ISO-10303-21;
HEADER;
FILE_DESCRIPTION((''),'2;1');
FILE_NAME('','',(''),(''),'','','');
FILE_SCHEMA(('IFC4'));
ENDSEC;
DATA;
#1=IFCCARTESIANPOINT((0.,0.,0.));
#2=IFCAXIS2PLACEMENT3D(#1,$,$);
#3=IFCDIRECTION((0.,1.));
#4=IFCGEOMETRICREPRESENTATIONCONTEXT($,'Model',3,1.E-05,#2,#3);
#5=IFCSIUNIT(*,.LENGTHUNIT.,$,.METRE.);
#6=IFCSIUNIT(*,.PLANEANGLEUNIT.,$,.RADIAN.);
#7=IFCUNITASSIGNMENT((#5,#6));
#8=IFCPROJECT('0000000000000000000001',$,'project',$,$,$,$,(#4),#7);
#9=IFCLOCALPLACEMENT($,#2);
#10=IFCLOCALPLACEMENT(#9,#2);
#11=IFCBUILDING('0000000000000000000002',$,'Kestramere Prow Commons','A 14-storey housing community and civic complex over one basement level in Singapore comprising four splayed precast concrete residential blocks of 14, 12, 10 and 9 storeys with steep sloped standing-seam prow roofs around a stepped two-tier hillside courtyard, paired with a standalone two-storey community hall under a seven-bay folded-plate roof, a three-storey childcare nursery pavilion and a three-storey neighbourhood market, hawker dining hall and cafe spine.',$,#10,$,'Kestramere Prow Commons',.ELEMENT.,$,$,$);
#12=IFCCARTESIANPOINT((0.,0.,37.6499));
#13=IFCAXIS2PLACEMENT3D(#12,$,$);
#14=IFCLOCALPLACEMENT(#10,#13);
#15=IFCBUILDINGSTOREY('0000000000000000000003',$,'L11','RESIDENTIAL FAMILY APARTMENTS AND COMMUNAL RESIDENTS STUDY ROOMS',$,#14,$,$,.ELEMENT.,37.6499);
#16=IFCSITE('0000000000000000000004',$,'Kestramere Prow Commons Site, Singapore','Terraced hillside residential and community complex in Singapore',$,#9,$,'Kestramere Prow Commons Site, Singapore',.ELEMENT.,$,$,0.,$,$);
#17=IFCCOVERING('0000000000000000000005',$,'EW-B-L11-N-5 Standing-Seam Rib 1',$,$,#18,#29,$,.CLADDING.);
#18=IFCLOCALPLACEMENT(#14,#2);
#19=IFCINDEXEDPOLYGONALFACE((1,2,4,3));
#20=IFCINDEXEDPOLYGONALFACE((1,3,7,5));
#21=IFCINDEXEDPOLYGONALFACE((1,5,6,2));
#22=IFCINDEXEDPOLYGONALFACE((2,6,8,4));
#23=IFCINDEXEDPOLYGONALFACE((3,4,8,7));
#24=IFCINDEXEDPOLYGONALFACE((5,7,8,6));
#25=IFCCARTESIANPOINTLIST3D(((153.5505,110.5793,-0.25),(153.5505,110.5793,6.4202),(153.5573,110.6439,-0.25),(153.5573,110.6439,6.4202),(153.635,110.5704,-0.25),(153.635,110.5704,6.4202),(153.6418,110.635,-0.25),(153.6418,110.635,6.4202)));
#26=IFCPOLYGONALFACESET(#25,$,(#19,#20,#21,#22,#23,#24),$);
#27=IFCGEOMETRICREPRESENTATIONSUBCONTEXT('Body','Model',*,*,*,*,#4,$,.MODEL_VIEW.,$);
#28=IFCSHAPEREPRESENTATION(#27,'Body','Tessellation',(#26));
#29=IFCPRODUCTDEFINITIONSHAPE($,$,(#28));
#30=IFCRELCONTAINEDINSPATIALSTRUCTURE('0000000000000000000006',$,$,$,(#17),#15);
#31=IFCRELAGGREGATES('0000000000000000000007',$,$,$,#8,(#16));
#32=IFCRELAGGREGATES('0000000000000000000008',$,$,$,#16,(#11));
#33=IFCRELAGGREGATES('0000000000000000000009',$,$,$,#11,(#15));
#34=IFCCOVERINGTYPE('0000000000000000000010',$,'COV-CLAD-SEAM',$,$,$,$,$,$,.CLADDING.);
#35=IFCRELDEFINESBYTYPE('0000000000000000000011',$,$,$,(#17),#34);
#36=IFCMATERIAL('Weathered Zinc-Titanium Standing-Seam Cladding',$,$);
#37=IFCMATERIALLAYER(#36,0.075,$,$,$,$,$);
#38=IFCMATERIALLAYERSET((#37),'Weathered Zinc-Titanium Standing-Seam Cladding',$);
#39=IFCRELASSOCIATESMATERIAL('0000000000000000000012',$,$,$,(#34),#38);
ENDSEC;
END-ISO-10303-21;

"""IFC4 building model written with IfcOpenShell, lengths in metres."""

from ifc_helpers import new_model, si_unit, direction, frame, origin, origin_2d, place, context, subcontext, project, spatial, rectangle, extrude, material, layer, layer_set, type_object, element, save


model = new_model("IFC4")

# Units and contexts
model_context = context("Model", 3, precision=1e-05, world=origin(), true_north=direction((0.0, 1.0)))
body_context = subcontext(model_context, "Body", "Model", "MODEL_VIEW")
ifc_project = project(units=[si_unit("LENGTHUNIT", "METRE"), si_unit("PLANEANGLEUNIT", "RADIAN")], contexts=[model_context])

# Site, building, storey
site_placement = place(None, origin())
site = spatial("IfcSite", under=ifc_project, at=site_placement, Name="Kestramere Prow Commons Site, Singapore", Description="Terraced hillside residential and community complex in Singapore", LongName="Kestramere Prow Commons Site, Singapore", CompositionType="ELEMENT", RefElevation=0.0)
building_placement = place(site_placement, origin())
building = spatial("IfcBuilding", under=site, at=building_placement, Name="Kestramere Prow Commons", Description="A 14-storey housing community and civic complex over one basement level in Singapore comprising four splayed precast concrete residential blocks of 14, 12, 10 and 9 storeys with steep sloped standing-seam prow roofs around a stepped two-tier hillside courtyard, paired with a standalone two-storey community hall under a seven-bay folded-plate roof, a three-storey childcare nursery pavilion and a three-storey neighbourhood market, hawker dining hall and cafe spine.", LongName="Kestramere Prow Commons", CompositionType="ELEMENT")
storey_placement = place(building_placement, frame((0.0, 0.0, 37.6499)))
storey = spatial("IfcBuildingStorey", under=building, at=storey_placement, Name="L11", Description="RESIDENTIAL FAMILY APARTMENTS AND COMMUNAL RESIDENTS STUDY ROOMS", CompositionType="ELEMENT", Elevation=37.6499)

# Covering
ifc_material_1 = material(Name="Weathered Zinc-Titanium Standing-Seam Cladding")
ifc_layer_1 = layer(ifc_material_1, 0.075)
ifc_layer_set_1 = layer_set([ifc_layer_1], Name="Weathered Zinc-Titanium Standing-Seam Cladding")
covering_type = type_object("IfcCoveringType", Name="COV-CLAD-SEAM", PredefinedType="CLADDING", material=ifc_layer_set_1)
covering_1_placement = place(storey_placement, frame((153.5962, 110.6072, -0.25), z_axis=(0.0, 0.0, 1.0), x_axis=(0.994522, -0.104528, 0.0)))
element("IfcCovering", 1, at=covering_1_placement, inside=storey, type_object=covering_type, Name="EW-B-L11-N-5 Standing-Seam Rib 1", PredefinedType="CLADDING", context=body_context, shape_type="SweptSolid", body=[
    extrude(rectangle(XDim=0.085, YDim=0.0649, at=origin_2d()), origin(), (0.0, 0.0, 1.0), 6.6702),
])

save(model, "model.ifc")
